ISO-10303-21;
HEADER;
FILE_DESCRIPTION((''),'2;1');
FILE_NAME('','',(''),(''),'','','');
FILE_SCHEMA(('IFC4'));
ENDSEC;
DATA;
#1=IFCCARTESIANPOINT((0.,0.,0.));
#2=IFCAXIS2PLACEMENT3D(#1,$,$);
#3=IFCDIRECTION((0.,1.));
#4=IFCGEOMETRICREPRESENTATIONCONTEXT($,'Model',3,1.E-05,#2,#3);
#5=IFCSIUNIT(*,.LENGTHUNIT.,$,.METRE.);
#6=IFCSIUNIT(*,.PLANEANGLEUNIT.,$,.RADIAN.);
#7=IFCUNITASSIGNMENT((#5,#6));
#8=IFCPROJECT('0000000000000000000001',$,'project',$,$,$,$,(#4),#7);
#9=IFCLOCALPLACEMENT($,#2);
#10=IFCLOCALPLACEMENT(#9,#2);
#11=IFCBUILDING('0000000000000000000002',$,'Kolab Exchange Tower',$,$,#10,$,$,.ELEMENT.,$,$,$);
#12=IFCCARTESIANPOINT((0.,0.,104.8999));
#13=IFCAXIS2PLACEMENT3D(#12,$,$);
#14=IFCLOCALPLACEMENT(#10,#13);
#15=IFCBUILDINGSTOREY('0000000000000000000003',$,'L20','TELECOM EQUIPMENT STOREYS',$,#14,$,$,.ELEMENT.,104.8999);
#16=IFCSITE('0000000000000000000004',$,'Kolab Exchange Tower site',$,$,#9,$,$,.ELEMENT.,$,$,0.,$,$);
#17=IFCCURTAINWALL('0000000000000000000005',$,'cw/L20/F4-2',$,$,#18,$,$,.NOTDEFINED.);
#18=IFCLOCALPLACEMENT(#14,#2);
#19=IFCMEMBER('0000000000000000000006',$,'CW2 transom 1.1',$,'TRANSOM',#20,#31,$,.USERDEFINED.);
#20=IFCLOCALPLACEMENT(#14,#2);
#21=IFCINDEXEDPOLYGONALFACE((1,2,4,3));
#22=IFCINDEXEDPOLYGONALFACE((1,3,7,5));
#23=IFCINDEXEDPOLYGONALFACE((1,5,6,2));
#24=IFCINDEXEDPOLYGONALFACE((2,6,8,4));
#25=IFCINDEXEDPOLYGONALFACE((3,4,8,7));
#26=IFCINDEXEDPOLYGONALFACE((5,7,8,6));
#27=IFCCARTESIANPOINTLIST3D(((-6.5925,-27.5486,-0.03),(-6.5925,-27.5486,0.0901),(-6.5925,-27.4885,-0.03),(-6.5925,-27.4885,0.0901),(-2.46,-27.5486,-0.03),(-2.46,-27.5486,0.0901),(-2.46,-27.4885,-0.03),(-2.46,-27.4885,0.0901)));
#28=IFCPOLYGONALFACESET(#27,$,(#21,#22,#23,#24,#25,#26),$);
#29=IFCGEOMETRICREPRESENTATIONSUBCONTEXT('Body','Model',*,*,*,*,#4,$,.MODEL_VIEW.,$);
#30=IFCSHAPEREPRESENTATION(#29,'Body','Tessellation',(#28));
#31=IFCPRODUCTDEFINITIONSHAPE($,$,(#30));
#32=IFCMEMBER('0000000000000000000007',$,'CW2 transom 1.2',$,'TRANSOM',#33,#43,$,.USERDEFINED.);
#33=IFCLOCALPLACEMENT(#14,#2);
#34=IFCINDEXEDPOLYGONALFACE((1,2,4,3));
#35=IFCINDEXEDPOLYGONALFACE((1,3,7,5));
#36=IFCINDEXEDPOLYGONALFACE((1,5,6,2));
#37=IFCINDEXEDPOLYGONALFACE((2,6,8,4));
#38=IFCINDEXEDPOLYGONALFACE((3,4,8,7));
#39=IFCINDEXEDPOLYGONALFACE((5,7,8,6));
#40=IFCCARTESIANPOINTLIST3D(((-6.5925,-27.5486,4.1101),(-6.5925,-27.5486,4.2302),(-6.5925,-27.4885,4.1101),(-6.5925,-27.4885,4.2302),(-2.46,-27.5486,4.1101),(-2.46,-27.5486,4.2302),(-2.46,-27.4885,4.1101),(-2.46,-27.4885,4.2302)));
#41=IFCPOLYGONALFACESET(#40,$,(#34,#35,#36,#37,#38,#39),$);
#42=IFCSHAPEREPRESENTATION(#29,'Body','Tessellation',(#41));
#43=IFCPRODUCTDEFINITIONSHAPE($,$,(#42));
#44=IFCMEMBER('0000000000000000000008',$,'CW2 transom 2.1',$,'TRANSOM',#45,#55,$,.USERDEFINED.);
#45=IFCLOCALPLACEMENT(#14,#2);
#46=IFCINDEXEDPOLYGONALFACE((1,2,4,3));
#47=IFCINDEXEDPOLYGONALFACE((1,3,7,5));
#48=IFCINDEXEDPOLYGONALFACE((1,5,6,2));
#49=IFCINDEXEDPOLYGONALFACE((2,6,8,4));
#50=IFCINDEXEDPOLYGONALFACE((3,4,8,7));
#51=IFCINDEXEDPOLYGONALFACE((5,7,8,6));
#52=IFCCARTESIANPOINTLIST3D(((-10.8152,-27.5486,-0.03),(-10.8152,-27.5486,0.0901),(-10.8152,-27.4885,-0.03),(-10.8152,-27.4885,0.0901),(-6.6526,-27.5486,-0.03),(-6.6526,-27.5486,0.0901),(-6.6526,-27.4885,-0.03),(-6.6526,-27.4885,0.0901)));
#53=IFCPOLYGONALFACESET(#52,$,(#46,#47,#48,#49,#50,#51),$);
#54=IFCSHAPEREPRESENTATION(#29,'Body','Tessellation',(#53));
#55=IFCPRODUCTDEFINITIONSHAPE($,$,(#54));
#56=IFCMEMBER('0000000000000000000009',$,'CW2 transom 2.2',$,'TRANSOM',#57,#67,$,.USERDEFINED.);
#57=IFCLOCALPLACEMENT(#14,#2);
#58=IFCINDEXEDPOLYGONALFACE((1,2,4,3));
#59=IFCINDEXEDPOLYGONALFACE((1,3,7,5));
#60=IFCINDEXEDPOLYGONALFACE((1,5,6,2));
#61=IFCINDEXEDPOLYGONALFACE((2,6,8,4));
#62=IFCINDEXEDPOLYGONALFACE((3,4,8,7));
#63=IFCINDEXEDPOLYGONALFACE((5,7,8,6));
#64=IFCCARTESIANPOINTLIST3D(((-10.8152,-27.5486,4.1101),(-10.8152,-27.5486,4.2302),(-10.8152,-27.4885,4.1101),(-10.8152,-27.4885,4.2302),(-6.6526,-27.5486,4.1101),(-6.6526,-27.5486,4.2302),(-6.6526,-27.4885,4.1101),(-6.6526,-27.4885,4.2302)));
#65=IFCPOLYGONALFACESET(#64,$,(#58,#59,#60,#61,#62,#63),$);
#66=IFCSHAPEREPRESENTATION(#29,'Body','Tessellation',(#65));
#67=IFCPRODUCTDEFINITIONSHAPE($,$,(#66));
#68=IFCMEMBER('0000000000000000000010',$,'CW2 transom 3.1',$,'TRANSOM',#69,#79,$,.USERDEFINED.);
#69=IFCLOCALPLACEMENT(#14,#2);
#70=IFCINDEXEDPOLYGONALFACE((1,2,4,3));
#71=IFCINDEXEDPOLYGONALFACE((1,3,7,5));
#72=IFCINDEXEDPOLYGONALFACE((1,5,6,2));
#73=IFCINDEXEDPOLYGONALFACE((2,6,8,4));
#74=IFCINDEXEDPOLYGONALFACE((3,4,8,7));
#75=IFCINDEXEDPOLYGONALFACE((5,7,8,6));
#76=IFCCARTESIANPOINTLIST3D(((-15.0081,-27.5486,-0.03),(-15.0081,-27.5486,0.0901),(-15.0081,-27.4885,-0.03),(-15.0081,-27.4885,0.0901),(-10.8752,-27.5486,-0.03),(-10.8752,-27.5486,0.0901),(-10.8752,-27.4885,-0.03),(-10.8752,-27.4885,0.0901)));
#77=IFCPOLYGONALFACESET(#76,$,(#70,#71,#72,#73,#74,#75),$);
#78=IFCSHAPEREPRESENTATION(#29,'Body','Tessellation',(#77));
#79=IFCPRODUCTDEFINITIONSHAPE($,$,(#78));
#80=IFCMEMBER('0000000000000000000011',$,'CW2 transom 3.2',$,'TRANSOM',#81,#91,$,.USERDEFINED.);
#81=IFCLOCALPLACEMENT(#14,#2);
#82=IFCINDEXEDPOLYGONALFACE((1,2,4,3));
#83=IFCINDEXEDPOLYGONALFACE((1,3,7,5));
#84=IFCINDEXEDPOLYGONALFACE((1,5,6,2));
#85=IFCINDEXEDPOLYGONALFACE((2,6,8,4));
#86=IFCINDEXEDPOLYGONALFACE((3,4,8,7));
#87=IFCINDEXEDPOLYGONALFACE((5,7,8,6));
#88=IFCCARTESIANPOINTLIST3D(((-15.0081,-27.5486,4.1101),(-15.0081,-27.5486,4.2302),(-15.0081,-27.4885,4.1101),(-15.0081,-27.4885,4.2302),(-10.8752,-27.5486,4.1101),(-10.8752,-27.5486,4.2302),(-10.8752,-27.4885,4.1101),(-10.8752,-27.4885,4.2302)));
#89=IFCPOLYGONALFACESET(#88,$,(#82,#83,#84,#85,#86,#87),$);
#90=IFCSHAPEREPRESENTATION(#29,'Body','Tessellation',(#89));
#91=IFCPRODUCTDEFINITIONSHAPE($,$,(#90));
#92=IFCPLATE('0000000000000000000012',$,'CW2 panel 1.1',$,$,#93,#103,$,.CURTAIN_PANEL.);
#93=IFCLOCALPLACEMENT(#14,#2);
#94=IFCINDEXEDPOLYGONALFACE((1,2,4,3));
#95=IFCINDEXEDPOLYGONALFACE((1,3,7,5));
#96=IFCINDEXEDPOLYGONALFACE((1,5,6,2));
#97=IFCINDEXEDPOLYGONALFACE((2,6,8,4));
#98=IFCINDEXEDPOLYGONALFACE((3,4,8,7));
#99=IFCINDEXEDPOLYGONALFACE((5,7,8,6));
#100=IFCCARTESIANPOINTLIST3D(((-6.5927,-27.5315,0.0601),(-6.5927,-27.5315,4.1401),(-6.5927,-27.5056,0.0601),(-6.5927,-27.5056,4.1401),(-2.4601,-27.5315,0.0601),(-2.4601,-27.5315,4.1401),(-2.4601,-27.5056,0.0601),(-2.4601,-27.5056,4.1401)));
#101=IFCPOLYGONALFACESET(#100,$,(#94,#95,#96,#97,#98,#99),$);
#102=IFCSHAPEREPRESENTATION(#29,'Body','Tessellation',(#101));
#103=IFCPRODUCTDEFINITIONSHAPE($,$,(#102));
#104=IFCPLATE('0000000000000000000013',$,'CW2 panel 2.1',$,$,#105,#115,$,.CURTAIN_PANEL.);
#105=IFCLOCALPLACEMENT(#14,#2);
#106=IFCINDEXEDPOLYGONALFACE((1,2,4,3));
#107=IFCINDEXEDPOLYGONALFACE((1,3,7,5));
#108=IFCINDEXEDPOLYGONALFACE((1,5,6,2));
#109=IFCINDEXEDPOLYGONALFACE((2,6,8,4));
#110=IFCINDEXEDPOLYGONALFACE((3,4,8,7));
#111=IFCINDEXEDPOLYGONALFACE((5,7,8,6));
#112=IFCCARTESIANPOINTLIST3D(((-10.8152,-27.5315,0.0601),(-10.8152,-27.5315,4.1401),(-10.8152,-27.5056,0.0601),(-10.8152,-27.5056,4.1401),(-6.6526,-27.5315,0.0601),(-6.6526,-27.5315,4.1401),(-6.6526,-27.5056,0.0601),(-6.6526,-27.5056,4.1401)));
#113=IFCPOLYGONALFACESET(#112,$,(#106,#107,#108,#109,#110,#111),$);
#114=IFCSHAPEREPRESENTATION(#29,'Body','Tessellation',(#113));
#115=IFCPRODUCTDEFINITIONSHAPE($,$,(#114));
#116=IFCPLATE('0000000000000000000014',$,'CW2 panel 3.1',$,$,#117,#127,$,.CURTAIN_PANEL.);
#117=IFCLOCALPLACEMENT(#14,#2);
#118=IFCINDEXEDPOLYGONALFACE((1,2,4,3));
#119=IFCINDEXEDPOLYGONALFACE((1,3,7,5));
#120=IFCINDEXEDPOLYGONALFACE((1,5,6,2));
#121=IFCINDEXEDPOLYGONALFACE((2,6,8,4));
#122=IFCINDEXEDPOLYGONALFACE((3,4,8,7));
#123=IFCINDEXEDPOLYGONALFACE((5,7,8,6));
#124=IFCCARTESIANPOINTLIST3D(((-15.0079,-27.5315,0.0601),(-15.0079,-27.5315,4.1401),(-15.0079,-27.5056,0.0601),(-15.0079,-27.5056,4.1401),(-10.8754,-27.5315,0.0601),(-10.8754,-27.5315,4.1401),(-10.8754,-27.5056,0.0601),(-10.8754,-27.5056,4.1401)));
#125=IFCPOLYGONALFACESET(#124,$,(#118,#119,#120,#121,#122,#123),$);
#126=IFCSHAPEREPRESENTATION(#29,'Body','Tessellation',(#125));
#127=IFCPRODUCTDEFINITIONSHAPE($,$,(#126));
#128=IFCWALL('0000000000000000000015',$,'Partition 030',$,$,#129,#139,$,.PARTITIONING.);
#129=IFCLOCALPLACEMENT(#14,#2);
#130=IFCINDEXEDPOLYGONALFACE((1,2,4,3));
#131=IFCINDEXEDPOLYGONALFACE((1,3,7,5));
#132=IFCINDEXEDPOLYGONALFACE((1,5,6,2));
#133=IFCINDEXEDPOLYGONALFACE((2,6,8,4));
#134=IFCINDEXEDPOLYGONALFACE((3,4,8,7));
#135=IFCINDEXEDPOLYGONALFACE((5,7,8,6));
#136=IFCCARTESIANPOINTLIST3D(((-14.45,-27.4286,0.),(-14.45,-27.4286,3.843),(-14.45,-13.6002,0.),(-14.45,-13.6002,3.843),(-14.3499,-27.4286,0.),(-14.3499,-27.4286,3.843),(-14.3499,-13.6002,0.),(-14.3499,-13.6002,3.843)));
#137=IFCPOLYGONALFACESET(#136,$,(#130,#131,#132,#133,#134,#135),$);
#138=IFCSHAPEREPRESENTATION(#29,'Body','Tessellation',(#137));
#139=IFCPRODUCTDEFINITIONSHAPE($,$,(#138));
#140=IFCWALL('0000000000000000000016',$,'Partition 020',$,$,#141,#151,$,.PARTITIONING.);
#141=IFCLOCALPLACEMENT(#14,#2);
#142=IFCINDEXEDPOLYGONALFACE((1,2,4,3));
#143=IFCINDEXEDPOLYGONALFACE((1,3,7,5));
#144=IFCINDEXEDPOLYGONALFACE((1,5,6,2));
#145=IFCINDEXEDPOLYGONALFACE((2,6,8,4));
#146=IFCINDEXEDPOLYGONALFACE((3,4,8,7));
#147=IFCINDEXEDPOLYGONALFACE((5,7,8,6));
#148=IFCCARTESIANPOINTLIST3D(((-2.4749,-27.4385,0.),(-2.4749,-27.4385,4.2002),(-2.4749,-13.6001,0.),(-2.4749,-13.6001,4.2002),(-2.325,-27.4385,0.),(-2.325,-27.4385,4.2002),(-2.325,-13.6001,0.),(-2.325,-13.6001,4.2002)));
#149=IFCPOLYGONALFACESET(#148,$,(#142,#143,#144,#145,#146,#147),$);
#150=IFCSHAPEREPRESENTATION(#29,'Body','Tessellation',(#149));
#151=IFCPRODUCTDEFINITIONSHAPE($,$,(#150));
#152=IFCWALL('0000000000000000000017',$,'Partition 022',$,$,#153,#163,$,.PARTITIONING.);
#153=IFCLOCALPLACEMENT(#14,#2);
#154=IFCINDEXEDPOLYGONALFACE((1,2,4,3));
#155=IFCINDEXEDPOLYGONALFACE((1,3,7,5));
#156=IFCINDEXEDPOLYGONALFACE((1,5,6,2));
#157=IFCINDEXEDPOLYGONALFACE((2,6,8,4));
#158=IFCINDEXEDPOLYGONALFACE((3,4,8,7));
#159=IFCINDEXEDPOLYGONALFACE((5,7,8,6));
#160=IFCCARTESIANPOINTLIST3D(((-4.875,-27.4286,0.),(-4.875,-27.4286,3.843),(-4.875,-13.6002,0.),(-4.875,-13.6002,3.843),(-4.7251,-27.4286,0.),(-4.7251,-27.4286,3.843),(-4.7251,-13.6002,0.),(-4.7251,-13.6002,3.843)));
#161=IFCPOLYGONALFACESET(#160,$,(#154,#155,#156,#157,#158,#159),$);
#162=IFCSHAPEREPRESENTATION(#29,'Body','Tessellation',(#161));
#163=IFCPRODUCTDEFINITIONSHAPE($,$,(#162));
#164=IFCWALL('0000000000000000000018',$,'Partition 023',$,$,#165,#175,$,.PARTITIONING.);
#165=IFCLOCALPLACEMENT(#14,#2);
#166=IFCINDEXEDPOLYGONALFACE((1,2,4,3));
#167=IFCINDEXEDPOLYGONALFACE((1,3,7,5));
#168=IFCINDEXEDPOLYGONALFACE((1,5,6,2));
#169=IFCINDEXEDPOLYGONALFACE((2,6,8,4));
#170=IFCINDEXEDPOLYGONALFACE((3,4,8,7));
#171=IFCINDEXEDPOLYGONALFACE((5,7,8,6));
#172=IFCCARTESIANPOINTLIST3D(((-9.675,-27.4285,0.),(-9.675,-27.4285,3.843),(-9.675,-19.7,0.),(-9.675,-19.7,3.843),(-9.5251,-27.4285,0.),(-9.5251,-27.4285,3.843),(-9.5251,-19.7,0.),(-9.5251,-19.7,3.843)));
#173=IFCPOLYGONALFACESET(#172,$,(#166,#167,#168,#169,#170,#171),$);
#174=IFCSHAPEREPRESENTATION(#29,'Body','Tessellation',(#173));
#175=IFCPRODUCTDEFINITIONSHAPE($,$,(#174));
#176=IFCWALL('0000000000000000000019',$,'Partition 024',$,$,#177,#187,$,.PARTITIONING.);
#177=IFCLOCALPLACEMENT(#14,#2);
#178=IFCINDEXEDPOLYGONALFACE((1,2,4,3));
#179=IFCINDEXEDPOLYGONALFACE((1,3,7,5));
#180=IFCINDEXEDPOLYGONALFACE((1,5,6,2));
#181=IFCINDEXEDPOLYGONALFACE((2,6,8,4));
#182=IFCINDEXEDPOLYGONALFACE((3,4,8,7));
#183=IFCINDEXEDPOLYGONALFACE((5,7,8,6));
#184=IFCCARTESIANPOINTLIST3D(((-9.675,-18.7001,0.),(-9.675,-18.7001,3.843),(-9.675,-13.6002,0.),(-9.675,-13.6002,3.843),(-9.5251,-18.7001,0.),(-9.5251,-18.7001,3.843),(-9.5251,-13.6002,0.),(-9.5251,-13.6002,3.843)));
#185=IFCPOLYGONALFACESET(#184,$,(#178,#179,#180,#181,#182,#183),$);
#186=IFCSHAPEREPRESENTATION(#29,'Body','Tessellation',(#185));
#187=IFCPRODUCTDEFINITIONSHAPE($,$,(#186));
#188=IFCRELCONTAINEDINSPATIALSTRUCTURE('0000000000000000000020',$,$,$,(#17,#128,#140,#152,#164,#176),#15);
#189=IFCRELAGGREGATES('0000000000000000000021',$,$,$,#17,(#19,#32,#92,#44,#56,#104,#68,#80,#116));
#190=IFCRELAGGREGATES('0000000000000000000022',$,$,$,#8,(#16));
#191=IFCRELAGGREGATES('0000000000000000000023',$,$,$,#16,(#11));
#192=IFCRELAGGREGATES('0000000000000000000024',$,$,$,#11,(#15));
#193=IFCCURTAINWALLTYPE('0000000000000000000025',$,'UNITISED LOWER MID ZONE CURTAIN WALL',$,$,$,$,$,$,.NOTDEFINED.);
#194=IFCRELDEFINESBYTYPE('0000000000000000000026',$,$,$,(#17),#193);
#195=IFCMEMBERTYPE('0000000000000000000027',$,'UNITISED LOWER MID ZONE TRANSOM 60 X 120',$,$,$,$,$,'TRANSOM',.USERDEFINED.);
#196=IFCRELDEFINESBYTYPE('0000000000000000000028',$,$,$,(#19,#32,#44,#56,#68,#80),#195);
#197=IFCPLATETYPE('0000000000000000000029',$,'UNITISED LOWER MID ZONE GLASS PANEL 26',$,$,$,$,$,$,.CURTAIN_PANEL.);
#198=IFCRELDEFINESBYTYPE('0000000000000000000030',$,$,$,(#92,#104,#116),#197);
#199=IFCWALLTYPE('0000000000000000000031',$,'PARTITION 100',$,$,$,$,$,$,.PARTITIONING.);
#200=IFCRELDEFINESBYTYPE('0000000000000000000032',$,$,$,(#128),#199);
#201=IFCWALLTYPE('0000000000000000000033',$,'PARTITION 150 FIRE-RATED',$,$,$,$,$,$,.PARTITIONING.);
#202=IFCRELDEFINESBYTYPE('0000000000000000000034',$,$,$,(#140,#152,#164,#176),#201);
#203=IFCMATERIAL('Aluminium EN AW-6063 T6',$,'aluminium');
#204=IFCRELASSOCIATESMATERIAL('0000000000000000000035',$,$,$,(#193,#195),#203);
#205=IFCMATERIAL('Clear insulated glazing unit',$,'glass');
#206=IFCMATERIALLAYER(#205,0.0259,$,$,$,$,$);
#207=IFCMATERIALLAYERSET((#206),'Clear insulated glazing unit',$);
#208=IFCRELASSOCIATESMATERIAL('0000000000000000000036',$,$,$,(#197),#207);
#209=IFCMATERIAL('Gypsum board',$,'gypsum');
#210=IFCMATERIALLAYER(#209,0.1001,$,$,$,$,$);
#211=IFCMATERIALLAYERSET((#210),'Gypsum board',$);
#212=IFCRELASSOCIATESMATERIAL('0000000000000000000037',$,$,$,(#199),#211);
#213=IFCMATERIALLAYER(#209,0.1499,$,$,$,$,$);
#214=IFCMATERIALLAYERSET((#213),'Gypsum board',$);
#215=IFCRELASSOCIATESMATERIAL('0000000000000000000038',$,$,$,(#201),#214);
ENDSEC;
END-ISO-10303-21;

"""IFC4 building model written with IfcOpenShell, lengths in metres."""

from ifc_helpers import new_model, si_unit, direction, frame, frame_2d, origin, origin_2d, place, context, subcontext, project, spatial, rectangle, extrude, material, layer, layer_set, material_profile, profile_set, type_object, element, aggregate, save


model = new_model("IFC4")

# Units and contexts
model_context = context("Model", 3, precision=1e-05, world=origin(), true_north=direction((0.0, 1.0)))
body_context = subcontext(model_context, "Body", "Model", "MODEL_VIEW")
ifc_project = project(units=[si_unit("LENGTHUNIT", "METRE"), si_unit("PLANEANGLEUNIT", "RADIAN")], contexts=[model_context])

# Site, building, storey
site_placement = place(None, origin())
site = spatial("IfcSite", under=ifc_project, at=site_placement, Name="Kolab Exchange Tower site", CompositionType="ELEMENT", RefElevation=0.0)
building_placement = place(site_placement, origin())
building = spatial("IfcBuilding", under=site, at=building_placement, Name="Kolab Exchange Tower", CompositionType="ELEMENT")
storey_placement = place(building_placement, frame((0.0, 0.0, 104.8999)))
storey = spatial("IfcBuildingStorey", under=building, at=storey_placement, Name="L20", Description="TELECOM EQUIPMENT STOREYS", CompositionType="ELEMENT", Elevation=104.8999)

# Curtain wall, members, plates
ifc_material_1 = material(Name="Aluminium EN AW-6063 T6", Category="aluminium")
curtain_wall_type = type_object("IfcCurtainWallType", Name="UNITISED LOWER MID ZONE CURTAIN WALL", PredefinedType="NOTDEFINED", material=ifc_material_1)
curtain_wall_placement = place(storey_placement, origin())
curtain_wall = element("IfcCurtainWall", 1, at=curtain_wall_placement, inside=storey, type_object=curtain_wall_type, Name="cw/L20/F4-2", PredefinedType="NOTDEFINED")
ifc_material_profile_1 = material_profile(ifc_material_1, rectangle(XDim=0.0601, YDim=0.1201, at=origin_2d()), Name="RECT 60X120")
ifc_profile_set_1 = profile_set([ifc_material_profile_1], Name="Aluminium EN AW-6063 T6")
member_type_1 = type_object("IfcMemberType", Name="UNITISED LOWER MID ZONE TRANSOM 60 X 120", ElementType="TRANSOM", PredefinedType="USERDEFINED", material=ifc_profile_set_1)
member_1_placement = place(storey_placement, frame((-2.46, -27.5186, 0.03), z_axis=(-1.0, 0.0, 0.0), x_axis=(0.0, -1.0, 0.0)))
member_1 = element("IfcMember", 2, at=member_1_placement, type_object=member_type_1, Name="CW2 transom 1.1", ObjectType="TRANSOM", PredefinedType="USERDEFINED", context=body_context, shape_type="SweptSolid", body=[
    extrude(rectangle(XDim=0.0601, YDim=0.1201, at=origin_2d()), origin(), (0.0, 0.0, 1.0), 4.1326),
])
member_2_placement = place(storey_placement, frame((-2.46, -27.5186, 4.1702), z_axis=(-1.0, 0.0, 0.0), x_axis=(0.0, -1.0, 0.0)))
member_2 = element("IfcMember", 3, at=member_2_placement, type_object=member_type_1, Name="CW2 transom 1.2", ObjectType="TRANSOM", PredefinedType="USERDEFINED", context=body_context, shape_type="SweptSolid", body=[
    extrude(rectangle(XDim=0.0601, YDim=0.1201, at=origin_2d()), origin(), (0.0, 0.0, 1.0), 4.1326),
])
member_3_placement = place(storey_placement, frame((-6.6526, -27.5186, 0.03), z_axis=(-1.0, 0.0, 0.0), x_axis=(0.0, -1.0, 0.0)))
member_3 = element("IfcMember", 4, at=member_3_placement, type_object=member_type_1, Name="CW2 transom 2.1", ObjectType="TRANSOM", PredefinedType="USERDEFINED", context=body_context, shape_type="SweptSolid", body=[
    extrude(rectangle(XDim=0.0601, YDim=0.1201, at=origin_2d()), origin(), (0.0, 0.0, 1.0), 4.1626),
])
member_4_placement = place(storey_placement, frame((-6.6526, -27.5186, 4.1702), z_axis=(-1.0, 0.0, 0.0), x_axis=(0.0, -1.0, 0.0)))
member_4 = element("IfcMember", 5, at=member_4_placement, type_object=member_type_1, Name="CW2 transom 2.2", ObjectType="TRANSOM", PredefinedType="USERDEFINED", context=body_context, shape_type="SweptSolid", body=[
    extrude(rectangle(XDim=0.0601, YDim=0.1201, at=origin_2d()), origin(), (0.0, 0.0, 1.0), 4.1626),
])
member_5_placement = place(storey_placement, frame((-10.8752, -27.5186, 0.03), z_axis=(-1.0, 0.0, 0.0), x_axis=(0.0, -1.0, 0.0)))
member_5 = element("IfcMember", 6, at=member_5_placement, type_object=member_type_1, Name="CW2 transom 3.1", ObjectType="TRANSOM", PredefinedType="USERDEFINED", context=body_context, shape_type="SweptSolid", body=[
    extrude(rectangle(XDim=0.0601, YDim=0.1201, at=origin_2d()), origin(), (0.0, 0.0, 1.0), 4.1328),
])
member_6_placement = place(storey_placement, frame((-10.8752, -27.5186, 4.1702), z_axis=(-1.0, 0.0, 0.0), x_axis=(0.0, -1.0, 0.0)))
member_6 = element("IfcMember", 7, at=member_6_placement, type_object=member_type_1, Name="CW2 transom 3.2", ObjectType="TRANSOM", PredefinedType="USERDEFINED", context=body_context, shape_type="SweptSolid", body=[
    extrude(rectangle(XDim=0.0601, YDim=0.1201, at=origin_2d()), origin(), (0.0, 0.0, 1.0), 4.1328),
])
ifc_material_2 = material(Name="Clear insulated glazing unit", Category="glass")
ifc_layer_1 = layer(ifc_material_2, 0.0259)
ifc_layer_set_1 = layer_set([ifc_layer_1], Name="Clear insulated glazing unit")
plate_type = type_object("IfcPlateType", Name="UNITISED LOWER MID ZONE GLASS PANEL 26", PredefinedType="CURTAIN_PANEL", material=ifc_layer_set_1)
plate_1_placement = place(storey_placement, frame((-4.5264, -27.5186, 0.0601), z_axis=(0.0, 0.0, 1.0), x_axis=(-1.0, 0.0, 0.0)))
plate_1 = element("IfcPlate", 8, at=plate_1_placement, type_object=plate_type, Name="CW2 panel 1.1", PredefinedType="CURTAIN_PANEL", context=body_context, shape_type="SweptSolid", body=[
    extrude(rectangle(XDim=4.1326, YDim=0.0259, at=origin_2d()), origin(), (0.0, 0.0, 1.0), 4.0801),
])
plate_2_placement = place(storey_placement, frame((-8.7339, -27.5186, 0.0601), z_axis=(0.0, 0.0, 1.0), x_axis=(-1.0, 0.0, 0.0)))
plate_2 = element("IfcPlate", 9, at=plate_2_placement, type_object=plate_type, Name="CW2 panel 2.1", PredefinedType="CURTAIN_PANEL", context=body_context, shape_type="SweptSolid", body=[
    extrude(rectangle(XDim=4.1626, YDim=0.0259, at=origin_2d()), origin(), (0.0, 0.0, 1.0), 4.0801),
])
plate_3_placement = place(storey_placement, frame((-12.9417, -27.5186, 0.0601), z_axis=(0.0, 0.0, 1.0), x_axis=(-1.0, 0.0, 0.0)))
plate_3 = element("IfcPlate", 10, at=plate_3_placement, type_object=plate_type, Name="CW2 panel 3.1", PredefinedType="CURTAIN_PANEL", context=body_context, shape_type="SweptSolid", body=[
    extrude(rectangle(XDim=4.1326, YDim=0.0259, at=origin_2d()), origin(), (0.0, 0.0, 1.0), 4.0801),
])
aggregate(curtain_wall, [member_1, member_2, plate_1, member_3, member_4, plate_2, member_5, member_6, plate_3])

# Walls
ifc_material_3 = material(Name="Gypsum board", Category="gypsum")
ifc_layer_2 = layer(ifc_material_3, 0.1001)
ifc_layer_set_2 = layer_set([ifc_layer_2], Name="Gypsum board")
wall_type_1 = type_object("IfcWallType", Name="PARTITION 100", PredefinedType="PARTITIONING", material=ifc_layer_set_2)
wall_1_placement = place(storey_placement, frame((-14.3999, -27.4285, 0.0), z_axis=(0.0, 0.0, 1.0), x_axis=(0.0, 1.0, 0.0)))
element("IfcWall", 11, at=wall_1_placement, inside=storey, type_object=wall_type_1, Name="Partition 030", PredefinedType="PARTITIONING", context=body_context, shape_type="SweptSolid", body=[
    extrude(rectangle(XDim=13.8284, YDim=0.1001, at=frame_2d((6.9141, 0.0))), origin(), (0.0, 0.0, 1.0), 3.843),
])
ifc_layer_3 = layer(ifc_material_3, 0.1499)
ifc_layer_set_3 = layer_set([ifc_layer_3], Name="Gypsum board")
wall_type_2 = type_object("IfcWallType", Name="PARTITION 150 FIRE-RATED", PredefinedType="PARTITIONING", material=ifc_layer_set_3)
wall_2_placement = place(storey_placement, frame((-2.3999, -27.4385, 0.0), z_axis=(0.0, 0.0, 1.0), x_axis=(0.0, 1.0, 0.0)))
element("IfcWall", 12, at=wall_2_placement, inside=storey, type_object=wall_type_2, Name="Partition 020", PredefinedType="PARTITIONING", context=body_context, shape_type="SweptSolid", body=[
    extrude(rectangle(XDim=13.8384, YDim=0.1499, at=frame_2d((6.9192, 0.0))), origin(), (0.0, 0.0, 1.0), 4.2002),
])
wall_3_placement = place(storey_placement, frame((-4.8, -27.4285, 0.0), z_axis=(0.0, 0.0, 1.0), x_axis=(0.0, 1.0, 0.0)))
element("IfcWall", 13, at=wall_3_placement, inside=storey, type_object=wall_type_2, Name="Partition 022", PredefinedType="PARTITIONING", context=body_context, shape_type="SweptSolid", body=[
    extrude(rectangle(XDim=13.8284, YDim=0.1499, at=frame_2d((6.9141, 0.0))), origin(), (0.0, 0.0, 1.0), 3.843),
])
wall_4_placement = place(storey_placement, frame((-9.6001, -27.4285, 0.0), z_axis=(0.0, 0.0, 1.0), x_axis=(0.0, 1.0, 0.0)))
element("IfcWall", 14, at=wall_4_placement, inside=storey, type_object=wall_type_2, Name="Partition 023", PredefinedType="PARTITIONING", context=body_context, shape_type="SweptSolid", body=[
    extrude(rectangle(XDim=7.7285, YDim=0.1499, at=frame_2d((3.8643, 0.0))), origin(), (0.0, 0.0, 1.0), 3.843),
])
wall_5_placement = place(storey_placement, frame((-9.6001, -18.7, 0.0), z_axis=(0.0, 0.0, 1.0), x_axis=(0.0, 1.0, 0.0)))
element("IfcWall", 15, at=wall_5_placement, inside=storey, type_object=wall_type_2, Name="Partition 024", PredefinedType="PARTITIONING", context=body_context, shape_type="SweptSolid", body=[
    extrude(rectangle(XDim=5.0999, YDim=0.1499, at=frame_2d((2.5498, 0.0))), origin(), (0.0, 0.0, 1.0), 3.843),
])

save(model, "model.ifc")
